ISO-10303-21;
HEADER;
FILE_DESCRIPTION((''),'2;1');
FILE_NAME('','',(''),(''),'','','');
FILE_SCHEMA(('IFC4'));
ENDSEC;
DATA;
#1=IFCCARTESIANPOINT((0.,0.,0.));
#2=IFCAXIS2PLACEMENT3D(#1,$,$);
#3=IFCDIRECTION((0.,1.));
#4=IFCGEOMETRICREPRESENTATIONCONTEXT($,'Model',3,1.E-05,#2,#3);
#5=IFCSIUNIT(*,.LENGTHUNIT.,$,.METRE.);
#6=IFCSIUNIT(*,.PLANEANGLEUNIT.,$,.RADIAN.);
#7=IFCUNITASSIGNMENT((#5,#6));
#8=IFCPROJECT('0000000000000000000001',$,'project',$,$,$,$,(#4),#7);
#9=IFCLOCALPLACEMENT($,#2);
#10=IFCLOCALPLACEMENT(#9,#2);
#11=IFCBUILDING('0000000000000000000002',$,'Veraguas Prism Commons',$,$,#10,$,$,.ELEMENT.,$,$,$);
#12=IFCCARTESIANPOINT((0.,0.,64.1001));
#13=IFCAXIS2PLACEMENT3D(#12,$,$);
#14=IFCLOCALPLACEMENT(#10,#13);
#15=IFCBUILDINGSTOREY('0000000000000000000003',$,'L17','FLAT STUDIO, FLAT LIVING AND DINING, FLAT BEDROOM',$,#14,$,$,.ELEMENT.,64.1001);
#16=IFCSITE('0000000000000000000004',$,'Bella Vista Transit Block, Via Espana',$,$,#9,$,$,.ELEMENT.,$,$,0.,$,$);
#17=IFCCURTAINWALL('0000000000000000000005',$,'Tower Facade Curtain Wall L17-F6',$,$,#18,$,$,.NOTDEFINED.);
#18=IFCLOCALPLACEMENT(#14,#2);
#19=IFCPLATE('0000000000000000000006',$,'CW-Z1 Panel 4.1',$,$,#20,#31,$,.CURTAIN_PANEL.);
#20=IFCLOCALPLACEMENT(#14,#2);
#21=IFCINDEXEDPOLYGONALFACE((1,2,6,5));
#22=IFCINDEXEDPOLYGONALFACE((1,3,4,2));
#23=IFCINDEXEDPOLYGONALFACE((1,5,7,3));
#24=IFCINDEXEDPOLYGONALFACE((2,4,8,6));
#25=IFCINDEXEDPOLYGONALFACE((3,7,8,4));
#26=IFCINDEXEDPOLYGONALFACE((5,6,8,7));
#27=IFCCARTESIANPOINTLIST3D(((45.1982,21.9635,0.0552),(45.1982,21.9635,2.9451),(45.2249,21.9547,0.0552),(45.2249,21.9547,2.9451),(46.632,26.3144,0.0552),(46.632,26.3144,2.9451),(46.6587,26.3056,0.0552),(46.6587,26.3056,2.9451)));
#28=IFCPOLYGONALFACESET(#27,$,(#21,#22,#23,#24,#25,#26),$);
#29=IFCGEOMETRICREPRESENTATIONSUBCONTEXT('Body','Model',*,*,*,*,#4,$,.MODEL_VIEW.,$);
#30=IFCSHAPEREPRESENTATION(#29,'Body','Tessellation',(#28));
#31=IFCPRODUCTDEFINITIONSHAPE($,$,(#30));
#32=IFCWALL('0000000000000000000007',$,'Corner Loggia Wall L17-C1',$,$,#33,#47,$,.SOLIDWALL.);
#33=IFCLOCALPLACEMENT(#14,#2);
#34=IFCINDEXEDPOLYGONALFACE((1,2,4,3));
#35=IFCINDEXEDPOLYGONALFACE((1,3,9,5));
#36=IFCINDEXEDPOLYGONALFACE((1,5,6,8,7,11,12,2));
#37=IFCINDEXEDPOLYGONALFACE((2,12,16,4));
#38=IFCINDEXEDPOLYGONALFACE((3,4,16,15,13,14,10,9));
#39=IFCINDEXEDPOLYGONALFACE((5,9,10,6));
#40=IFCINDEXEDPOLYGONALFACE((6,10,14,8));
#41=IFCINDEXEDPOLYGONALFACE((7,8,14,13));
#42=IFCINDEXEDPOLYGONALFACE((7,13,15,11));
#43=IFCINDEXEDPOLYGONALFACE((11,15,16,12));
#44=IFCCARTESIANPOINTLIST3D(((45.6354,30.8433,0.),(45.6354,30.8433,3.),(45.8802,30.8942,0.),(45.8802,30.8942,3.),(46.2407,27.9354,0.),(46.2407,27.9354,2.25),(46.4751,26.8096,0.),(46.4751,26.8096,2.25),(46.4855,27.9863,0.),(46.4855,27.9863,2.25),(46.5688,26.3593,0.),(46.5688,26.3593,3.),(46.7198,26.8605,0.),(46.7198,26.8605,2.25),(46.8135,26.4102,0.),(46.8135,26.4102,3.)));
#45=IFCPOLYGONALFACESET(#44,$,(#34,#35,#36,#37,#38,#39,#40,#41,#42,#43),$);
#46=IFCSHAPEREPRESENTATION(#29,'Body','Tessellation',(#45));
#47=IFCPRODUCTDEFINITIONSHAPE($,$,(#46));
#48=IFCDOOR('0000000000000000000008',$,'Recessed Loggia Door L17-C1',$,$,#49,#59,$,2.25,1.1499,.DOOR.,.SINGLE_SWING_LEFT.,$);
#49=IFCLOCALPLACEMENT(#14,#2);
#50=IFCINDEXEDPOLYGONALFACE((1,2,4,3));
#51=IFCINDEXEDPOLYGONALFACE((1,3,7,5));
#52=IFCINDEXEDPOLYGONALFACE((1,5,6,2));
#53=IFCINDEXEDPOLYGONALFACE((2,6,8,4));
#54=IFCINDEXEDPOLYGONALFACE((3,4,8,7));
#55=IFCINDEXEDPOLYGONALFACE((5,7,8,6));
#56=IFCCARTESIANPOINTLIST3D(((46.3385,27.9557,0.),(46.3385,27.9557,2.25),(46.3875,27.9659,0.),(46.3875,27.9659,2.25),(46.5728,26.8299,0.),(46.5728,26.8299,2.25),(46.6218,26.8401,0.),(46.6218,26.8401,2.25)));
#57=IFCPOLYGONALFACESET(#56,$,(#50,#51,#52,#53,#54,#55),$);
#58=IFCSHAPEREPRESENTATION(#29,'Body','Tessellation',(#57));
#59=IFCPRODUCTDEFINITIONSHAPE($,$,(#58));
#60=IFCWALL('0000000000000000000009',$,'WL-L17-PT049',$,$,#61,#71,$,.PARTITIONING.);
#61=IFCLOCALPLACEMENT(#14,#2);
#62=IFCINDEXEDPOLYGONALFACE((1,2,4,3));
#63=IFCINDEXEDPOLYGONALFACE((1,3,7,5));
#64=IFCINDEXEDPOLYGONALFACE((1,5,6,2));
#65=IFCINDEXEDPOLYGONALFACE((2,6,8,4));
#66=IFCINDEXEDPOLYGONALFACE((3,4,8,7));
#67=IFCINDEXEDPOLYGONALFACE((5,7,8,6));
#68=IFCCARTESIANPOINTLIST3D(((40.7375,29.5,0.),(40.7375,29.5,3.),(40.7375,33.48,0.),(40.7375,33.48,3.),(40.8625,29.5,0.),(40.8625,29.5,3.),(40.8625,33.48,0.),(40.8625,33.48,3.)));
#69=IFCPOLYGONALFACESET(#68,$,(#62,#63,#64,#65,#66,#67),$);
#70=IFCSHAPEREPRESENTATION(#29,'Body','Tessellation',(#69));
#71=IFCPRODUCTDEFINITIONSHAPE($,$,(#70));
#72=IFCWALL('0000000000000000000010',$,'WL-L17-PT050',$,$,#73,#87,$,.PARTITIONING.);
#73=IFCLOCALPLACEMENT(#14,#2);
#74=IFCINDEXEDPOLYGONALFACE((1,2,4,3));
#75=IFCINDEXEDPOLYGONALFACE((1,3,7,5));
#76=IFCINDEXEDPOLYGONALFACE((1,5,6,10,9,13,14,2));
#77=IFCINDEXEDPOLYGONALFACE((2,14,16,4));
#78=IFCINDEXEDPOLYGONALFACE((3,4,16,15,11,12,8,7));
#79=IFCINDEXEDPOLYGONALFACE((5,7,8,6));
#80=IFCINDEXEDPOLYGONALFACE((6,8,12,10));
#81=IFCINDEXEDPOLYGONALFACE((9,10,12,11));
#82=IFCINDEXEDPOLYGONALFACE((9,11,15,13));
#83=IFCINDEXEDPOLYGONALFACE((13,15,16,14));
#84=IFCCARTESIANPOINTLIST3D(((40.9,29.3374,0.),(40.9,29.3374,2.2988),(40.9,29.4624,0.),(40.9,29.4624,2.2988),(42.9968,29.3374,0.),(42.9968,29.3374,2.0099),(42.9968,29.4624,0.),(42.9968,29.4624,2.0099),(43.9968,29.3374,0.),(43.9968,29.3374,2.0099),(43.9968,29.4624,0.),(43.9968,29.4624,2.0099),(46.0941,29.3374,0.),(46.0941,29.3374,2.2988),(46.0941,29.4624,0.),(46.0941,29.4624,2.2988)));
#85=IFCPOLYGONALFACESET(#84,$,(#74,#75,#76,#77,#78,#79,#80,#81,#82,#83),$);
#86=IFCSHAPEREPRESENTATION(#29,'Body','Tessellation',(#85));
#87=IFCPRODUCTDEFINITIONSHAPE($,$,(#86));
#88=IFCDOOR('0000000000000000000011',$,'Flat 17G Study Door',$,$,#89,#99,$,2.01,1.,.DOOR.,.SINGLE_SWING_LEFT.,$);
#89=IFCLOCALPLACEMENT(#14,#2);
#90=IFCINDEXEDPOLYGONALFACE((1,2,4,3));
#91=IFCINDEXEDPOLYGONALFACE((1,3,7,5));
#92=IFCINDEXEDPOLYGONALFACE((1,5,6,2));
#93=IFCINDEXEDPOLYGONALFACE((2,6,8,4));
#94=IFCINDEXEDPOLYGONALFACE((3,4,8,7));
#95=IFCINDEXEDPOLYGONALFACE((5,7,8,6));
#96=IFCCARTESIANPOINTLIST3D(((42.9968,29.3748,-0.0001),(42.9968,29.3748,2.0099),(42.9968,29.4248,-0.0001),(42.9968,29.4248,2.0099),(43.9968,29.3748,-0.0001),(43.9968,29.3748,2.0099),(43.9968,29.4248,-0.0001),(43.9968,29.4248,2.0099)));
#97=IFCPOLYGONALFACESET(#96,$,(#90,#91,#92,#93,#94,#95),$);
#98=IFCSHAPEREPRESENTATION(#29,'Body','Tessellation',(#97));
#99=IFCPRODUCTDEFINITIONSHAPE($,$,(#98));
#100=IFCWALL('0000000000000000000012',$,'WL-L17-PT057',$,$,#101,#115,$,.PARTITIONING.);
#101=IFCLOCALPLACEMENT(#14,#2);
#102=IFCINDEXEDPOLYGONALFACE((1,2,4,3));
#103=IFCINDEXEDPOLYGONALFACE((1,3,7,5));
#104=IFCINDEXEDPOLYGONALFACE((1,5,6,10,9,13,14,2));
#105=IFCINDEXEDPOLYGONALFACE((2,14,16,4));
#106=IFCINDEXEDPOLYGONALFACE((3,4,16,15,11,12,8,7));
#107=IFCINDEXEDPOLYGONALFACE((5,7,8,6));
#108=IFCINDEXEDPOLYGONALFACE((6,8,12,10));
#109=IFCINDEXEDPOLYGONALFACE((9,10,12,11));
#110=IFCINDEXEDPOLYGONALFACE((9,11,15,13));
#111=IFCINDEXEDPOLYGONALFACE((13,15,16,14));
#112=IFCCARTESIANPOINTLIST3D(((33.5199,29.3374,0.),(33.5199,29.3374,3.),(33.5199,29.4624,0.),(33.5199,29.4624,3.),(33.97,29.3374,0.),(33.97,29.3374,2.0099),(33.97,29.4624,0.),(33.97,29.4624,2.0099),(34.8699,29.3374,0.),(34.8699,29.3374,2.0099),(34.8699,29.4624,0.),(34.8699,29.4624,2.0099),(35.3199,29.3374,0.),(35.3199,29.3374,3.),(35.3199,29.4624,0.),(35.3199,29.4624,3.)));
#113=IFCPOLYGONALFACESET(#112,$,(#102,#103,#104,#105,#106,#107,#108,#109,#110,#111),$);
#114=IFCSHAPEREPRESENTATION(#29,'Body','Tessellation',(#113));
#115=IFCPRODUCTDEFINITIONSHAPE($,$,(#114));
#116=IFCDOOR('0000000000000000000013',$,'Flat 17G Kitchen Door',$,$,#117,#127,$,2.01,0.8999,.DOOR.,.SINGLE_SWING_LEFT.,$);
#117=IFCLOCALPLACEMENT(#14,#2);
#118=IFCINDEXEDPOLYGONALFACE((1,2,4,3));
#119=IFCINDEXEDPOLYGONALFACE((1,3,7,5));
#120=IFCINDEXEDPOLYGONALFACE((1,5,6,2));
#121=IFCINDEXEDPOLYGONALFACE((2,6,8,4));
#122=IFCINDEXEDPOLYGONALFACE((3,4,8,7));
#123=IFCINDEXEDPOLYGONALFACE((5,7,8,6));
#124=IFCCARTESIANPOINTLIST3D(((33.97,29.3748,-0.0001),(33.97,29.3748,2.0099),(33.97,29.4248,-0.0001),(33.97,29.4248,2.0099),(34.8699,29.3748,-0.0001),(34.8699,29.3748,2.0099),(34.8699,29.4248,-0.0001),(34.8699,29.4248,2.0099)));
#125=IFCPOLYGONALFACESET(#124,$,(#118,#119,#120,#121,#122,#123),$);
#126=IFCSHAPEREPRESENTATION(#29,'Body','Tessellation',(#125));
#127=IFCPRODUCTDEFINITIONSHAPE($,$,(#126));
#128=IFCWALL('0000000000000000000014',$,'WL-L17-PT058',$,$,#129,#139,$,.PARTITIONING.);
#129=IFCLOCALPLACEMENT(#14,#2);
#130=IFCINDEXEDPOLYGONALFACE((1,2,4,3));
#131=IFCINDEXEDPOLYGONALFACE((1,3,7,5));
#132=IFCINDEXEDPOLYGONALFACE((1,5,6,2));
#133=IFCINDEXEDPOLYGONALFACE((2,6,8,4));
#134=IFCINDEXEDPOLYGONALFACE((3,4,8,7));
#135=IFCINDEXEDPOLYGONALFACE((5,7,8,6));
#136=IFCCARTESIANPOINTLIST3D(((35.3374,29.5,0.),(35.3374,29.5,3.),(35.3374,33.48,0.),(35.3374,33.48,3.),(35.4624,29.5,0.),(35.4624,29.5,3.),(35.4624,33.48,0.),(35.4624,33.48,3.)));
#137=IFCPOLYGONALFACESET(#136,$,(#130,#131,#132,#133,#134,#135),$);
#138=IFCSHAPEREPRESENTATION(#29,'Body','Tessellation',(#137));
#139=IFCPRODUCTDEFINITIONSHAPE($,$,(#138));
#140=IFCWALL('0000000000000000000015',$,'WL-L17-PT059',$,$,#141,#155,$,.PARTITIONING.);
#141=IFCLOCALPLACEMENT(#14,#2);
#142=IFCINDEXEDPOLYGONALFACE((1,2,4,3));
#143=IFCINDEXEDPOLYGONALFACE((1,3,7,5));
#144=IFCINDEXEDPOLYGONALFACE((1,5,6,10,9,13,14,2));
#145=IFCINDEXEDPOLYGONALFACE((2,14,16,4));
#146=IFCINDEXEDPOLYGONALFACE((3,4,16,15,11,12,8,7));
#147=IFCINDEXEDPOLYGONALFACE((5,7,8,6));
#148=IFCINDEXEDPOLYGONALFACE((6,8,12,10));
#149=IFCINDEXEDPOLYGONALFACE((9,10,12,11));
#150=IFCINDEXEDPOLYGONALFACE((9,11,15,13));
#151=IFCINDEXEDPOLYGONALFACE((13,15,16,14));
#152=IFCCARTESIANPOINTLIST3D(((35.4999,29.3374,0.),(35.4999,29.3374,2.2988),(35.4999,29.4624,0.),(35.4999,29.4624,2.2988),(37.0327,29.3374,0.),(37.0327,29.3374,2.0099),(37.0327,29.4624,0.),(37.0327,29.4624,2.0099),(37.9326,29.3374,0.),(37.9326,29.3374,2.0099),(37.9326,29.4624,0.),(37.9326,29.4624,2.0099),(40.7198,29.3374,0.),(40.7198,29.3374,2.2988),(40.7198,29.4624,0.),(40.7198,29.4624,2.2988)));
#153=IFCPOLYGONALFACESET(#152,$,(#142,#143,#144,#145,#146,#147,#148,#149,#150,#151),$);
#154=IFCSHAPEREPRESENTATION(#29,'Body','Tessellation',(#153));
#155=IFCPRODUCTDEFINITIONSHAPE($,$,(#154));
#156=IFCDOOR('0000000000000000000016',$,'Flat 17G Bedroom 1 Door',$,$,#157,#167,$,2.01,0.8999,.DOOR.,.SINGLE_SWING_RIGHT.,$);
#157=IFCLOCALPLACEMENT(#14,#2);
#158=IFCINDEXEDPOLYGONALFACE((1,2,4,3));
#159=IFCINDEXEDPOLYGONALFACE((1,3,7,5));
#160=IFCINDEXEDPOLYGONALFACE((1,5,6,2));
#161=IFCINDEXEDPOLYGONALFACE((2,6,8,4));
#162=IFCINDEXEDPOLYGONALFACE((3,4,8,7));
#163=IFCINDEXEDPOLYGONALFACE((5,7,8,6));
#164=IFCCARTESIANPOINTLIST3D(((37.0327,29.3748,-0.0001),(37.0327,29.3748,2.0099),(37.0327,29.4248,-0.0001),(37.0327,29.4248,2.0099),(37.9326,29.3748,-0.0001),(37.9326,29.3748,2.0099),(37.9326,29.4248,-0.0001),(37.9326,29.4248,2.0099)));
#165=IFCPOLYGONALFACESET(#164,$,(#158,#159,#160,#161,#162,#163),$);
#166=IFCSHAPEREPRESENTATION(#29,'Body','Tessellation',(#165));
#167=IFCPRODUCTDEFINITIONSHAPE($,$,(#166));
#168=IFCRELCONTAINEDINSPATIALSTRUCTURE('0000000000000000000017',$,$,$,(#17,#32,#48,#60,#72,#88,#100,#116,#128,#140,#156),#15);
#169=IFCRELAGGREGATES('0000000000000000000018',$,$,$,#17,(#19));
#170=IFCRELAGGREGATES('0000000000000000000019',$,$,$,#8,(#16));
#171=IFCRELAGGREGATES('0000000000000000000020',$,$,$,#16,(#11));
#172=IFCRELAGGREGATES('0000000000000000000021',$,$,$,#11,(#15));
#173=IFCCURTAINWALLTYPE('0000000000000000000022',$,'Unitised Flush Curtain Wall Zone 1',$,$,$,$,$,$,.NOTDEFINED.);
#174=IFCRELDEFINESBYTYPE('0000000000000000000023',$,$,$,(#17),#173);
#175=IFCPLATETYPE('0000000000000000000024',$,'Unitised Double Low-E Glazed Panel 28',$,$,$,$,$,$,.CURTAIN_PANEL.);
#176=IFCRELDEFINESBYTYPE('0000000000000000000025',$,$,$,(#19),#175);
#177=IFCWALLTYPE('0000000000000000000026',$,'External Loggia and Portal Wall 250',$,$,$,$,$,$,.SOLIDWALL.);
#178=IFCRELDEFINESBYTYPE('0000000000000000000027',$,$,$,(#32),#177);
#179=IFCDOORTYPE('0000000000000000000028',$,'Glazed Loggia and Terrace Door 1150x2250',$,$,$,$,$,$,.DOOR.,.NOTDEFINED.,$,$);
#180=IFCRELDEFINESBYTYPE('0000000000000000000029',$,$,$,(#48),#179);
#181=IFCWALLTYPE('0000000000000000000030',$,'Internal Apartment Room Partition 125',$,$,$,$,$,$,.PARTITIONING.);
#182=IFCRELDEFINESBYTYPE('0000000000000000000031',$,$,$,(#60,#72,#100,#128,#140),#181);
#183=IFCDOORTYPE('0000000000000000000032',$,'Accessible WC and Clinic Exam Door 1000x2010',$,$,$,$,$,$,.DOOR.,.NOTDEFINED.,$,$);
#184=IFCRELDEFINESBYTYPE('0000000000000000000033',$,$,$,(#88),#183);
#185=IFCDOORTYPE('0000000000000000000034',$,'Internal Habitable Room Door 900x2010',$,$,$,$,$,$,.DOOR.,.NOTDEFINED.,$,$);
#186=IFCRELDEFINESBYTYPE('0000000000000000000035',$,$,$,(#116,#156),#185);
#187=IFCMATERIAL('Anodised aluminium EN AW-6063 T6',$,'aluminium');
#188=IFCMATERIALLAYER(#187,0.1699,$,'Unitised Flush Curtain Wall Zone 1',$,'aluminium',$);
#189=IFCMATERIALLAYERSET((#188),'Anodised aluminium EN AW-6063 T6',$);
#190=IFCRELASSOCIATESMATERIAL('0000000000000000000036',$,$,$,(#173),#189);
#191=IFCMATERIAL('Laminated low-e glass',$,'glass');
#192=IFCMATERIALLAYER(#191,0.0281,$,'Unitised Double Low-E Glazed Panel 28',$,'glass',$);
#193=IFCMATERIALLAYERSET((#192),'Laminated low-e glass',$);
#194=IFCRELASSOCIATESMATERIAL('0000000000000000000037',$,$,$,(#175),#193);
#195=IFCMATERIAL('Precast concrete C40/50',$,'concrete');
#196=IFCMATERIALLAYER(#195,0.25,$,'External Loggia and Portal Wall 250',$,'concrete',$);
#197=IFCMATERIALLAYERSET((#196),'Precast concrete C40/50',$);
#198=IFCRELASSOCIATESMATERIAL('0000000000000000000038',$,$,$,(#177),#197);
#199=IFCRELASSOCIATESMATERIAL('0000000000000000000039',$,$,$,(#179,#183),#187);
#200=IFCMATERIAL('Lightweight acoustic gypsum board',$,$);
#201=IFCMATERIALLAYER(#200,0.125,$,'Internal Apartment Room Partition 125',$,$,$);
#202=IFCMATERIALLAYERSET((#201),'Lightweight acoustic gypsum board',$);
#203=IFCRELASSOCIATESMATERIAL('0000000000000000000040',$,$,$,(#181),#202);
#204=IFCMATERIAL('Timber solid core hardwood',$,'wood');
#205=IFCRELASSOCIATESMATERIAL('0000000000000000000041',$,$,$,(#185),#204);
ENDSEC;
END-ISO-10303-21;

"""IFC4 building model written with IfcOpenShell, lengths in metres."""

from ifc_helpers import new_model, si_unit, direction, frame, frame_2d, origin, origin_2d, place, context, subcontext, project, spatial, rectangle, extrude, source, transform, mapped, material, layer, layer_set, type_object, element, fill, aggregate, save


model = new_model("IFC4")

# Units and contexts
model_context = context("Model", 3, precision=1e-05, world=origin(), true_north=direction((0.0, 1.0)))
body_context = subcontext(model_context, "Body", "Model", "MODEL_VIEW")
ifc_project = project(units=[si_unit("LENGTHUNIT", "METRE"), si_unit("PLANEANGLEUNIT", "RADIAN")], contexts=[model_context])

# Site, building, storey
site_placement = place(None, origin())
site = spatial("IfcSite", under=ifc_project, at=site_placement, Name="Bella Vista Transit Block, Via Espana", CompositionType="ELEMENT", RefElevation=0.0)
building_placement = place(site_placement, origin())
building = spatial("IfcBuilding", under=site, at=building_placement, Name="Veraguas Prism Commons", CompositionType="ELEMENT")
storey_placement = place(building_placement, frame((0.0, 0.0, 64.1001)))
storey = spatial("IfcBuildingStorey", under=building, at=storey_placement, Name="L17", Description="FLAT STUDIO, FLAT LIVING AND DINING, FLAT BEDROOM", CompositionType="ELEMENT", Elevation=64.1001)

# Shared definitions
ifc_material_1 = material(Name="Anodised aluminium EN AW-6063 T6", Category="aluminium")
ifc_layer_1 = layer(ifc_material_1, 0.1699, Name="Unitised Flush Curtain Wall Zone 1", Category="aluminium")
ifc_layer_set_1 = layer_set([ifc_layer_1], Name="Anodised aluminium EN AW-6063 T6")
curtain_wall_type = type_object("IfcCurtainWallType", Name="Unitised Flush Curtain Wall Zone 1", PredefinedType="NOTDEFINED", material=ifc_layer_set_1)

# Curtain wall, plate
curtain_wall_1_placement = place(storey_placement, origin())
curtain_wall_1 = element("IfcCurtainWall", 1, at=curtain_wall_1_placement, inside=storey, type_object=curtain_wall_type, Name="Tower Facade Curtain Wall L17-F6", PredefinedType="NOTDEFINED")
ifc_material_2 = material(Name="Laminated low-e glass", Category="glass")
ifc_layer_2 = layer(ifc_material_2, 0.0281, Name="Unitised Double Low-E Glazed Panel 28", Category="glass")
ifc_layer_set_2 = layer_set([ifc_layer_2], Name="Laminated low-e glass")
plate_type = type_object("IfcPlateType", Name="Unitised Double Low-E Glazed Panel 28", PredefinedType="CURTAIN_PANEL", material=ifc_layer_set_2)
shared_shape_1 = source(origin(), body_context, "Body", "SweptSolid", [
    extrude(rectangle(XDim=4.5811, YDim=0.0281, at=origin_2d()), origin(), (0.0, 0.0, 1.0), 2.8899),
])
plate_placement = place(storey_placement, frame((45.9285, 24.1345, 0.0552), z_axis=(0.0, 0.0, 1.0), x_axis=(0.312991, 0.949756, 0.0)))
plate = element("IfcPlate", 2, at=plate_placement, type_object=plate_type, Name="CW-Z1 Panel 4.1", PredefinedType="CURTAIN_PANEL", context=body_context, shape_type="MappedRepresentation", body=[
    mapped(shared_shape_1, transform((0.0, 0.0, 0.0), scale=1.0)),
])
aggregate(curtain_wall_1, [plate])

# Wall, opening, door
ifc_material_3 = material(Name="Precast concrete C40/50", Category="concrete")
ifc_layer_3 = layer(ifc_material_3, 0.25, Name="External Loggia and Portal Wall 250", Category="concrete")
ifc_layer_set_3 = layer_set([ifc_layer_3], Name="Precast concrete C40/50")
wall_type_1 = type_object("IfcWallType", Name="External Loggia and Portal Wall 250", PredefinedType="SOLIDWALL", material=ifc_layer_set_3)
wall_1_placement = place(storey_placement, frame((46.6912, 26.3848, 0.0), z_axis=(0.0, 0.0, 1.0), x_axis=(-0.203788, 0.979015, 0.0)))
wall_1 = element("IfcWall", 3, at=wall_1_placement, inside=storey, type_object=wall_type_1, Name="Corner Loggia Wall L17-C1", PredefinedType="SOLIDWALL", context=body_context, shape_type="SweptSolid", body=[
    extrude(rectangle(XDim=4.5801, YDim=0.25, at=frame_2d((2.29, 0.0))), origin(), (0.0, 0.0, 1.0), 3.0),
])
opening_1_placement = place(wall_1_placement, frame((0.46, 0.0, 0.0)))
opening_1 = element("IfcOpeningElement", 4, at=opening_1_placement, cuts=wall_1, PredefinedType="OPENING", context=body_context, shape_type="SweptSolid", body=[
    extrude(rectangle(XDim=1.1499, YDim=2.25, at=frame_2d((0.575, 1.125))), frame((0.0, 0.135, 0.0), z_axis=(0.0, -1.0, 0.0), x_axis=(1.0, 0.0, 0.0)), (0.0, 0.0, 1.0), 0.27),
])
door_type_1 = type_object("IfcDoorType", Name="Glazed Loggia and Terrace Door 1150x2250", OperationType="NOTDEFINED", PredefinedType="DOOR", material=ifc_material_1)
shared_shape_2 = source(origin(), body_context, "Body", "SweptSolid", [
    extrude(rectangle(XDim=1.1499, YDim=2.25, at=frame_2d((0.575, 1.125))), frame((0.0, 0.0249, 0.0), z_axis=(0.0, -1.0, 0.0), x_axis=(1.0, 0.0, 0.0)), (0.0, 0.0, 1.0), 0.05),
])
door_1_placement = place(opening_1_placement, frame((1.1499, 0.0, 0.0), z_axis=(0.0, 0.0, 1.0), x_axis=(-1.0, 0.0, 0.0)))
door_1 = element("IfcDoor", 5, at=door_1_placement, inside=storey, type_object=door_type_1, Name="Recessed Loggia Door L17-C1", OperationType="SINGLE_SWING_LEFT", OverallHeight=2.25, OverallWidth=1.1499, PredefinedType="DOOR", context=body_context, shape_type="MappedRepresentation", body=[
    mapped(shared_shape_2, transform((0.0, 0.0, 0.0), scale=1.0)),
])
fill(opening_1, door_1)

# Wall
ifc_material_4 = material(Name="Lightweight acoustic gypsum board")
ifc_layer_4 = layer(ifc_material_4, 0.125, Name="Internal Apartment Room Partition 125")
ifc_layer_set_4 = layer_set([ifc_layer_4], Name="Lightweight acoustic gypsum board")
wall_type_2 = type_object("IfcWallType", Name="Internal Apartment Room Partition 125", PredefinedType="PARTITIONING", material=ifc_layer_set_4)
wall_2_placement = place(storey_placement, frame((40.8, 29.5, 0.0), z_axis=(0.0, 0.0, 1.0), x_axis=(0.0, 1.0, 0.0)))
element("IfcWall", 6, at=wall_2_placement, inside=storey, type_object=wall_type_2, Name="WL-L17-PT049", PredefinedType="PARTITIONING", context=body_context, shape_type="SweptSolid", body=[
    extrude(rectangle(XDim=3.98, YDim=0.125, at=frame_2d((1.99, 0.0))), origin(), (0.0, 0.0, 1.0), 3.0),
])

# Walls, openings, doors
wall_3_placement = place(storey_placement, frame((40.8999, 29.3999, 0.0), z_axis=(0.0, 0.0, 1.0), x_axis=(1.0, 0.0, 0.0)))
wall_3 = element("IfcWall", 7, at=wall_3_placement, inside=storey, type_object=wall_type_2, Name="WL-L17-PT050", PredefinedType="PARTITIONING", context=body_context, shape_type="SweptSolid", body=[
    extrude(rectangle(XDim=5.1941, YDim=0.125, at=frame_2d((2.5972, 0.0))), origin(), (0.0, 0.0, 1.0), 2.2988),
])
opening_2_placement = place(wall_3_placement, frame((2.0969, 0.0, 0.0)))
opening_2 = element("IfcOpeningElement", 8, at=opening_2_placement, cuts=wall_3, PredefinedType="OPENING", context=body_context, shape_type="SweptSolid", body=[
    extrude(rectangle(XDim=1.0, YDim=2.01, at=frame_2d((0.5, 1.0049))), frame((0.0, 0.0725, 0.0), z_axis=(0.0, -1.0, 0.0), x_axis=(1.0, 0.0, 0.0)), (0.0, 0.0, 1.0), 0.145),
])
door_type_2 = type_object("IfcDoorType", Name="Accessible WC and Clinic Exam Door 1000x2010", OperationType="NOTDEFINED", PredefinedType="DOOR", material=ifc_material_1)
shared_shape_3 = source(origin(), body_context, "Body", "SweptSolid", [
    extrude(rectangle(XDim=1.0, YDim=2.01, at=frame_2d((0.5, 1.0049))), frame((0.0, 0.0249, 0.0), z_axis=(0.0, -1.0, 0.0), x_axis=(1.0, 0.0, 0.0)), (0.0, 0.0, 1.0), 0.05),
])
door_2_placement = place(opening_2_placement, origin())
door_2 = element("IfcDoor", 9, at=door_2_placement, inside=storey, type_object=door_type_2, Name="Flat 17G Study Door", OperationType="SINGLE_SWING_LEFT", OverallHeight=2.01, OverallWidth=1.0, PredefinedType="DOOR", context=body_context, shape_type="MappedRepresentation", body=[
    mapped(shared_shape_3, transform((0.0, 0.0, 0.0), scale=1.0)),
])
fill(opening_2, door_2)
wall_4_placement = place(storey_placement, frame((33.52, 29.3999, 0.0), z_axis=(0.0, 0.0, 1.0), x_axis=(1.0, 0.0, 0.0)))
wall_4 = element("IfcWall", 10, at=wall_4_placement, inside=storey, type_object=wall_type_2, Name="WL-L17-PT057", PredefinedType="PARTITIONING", context=body_context, shape_type="SweptSolid", body=[
    extrude(rectangle(XDim=1.8, YDim=0.125, at=frame_2d((0.8999, 0.0))), origin(), (0.0, 0.0, 1.0), 3.0),
])
opening_3_placement = place(wall_4_placement, frame((0.45, 0.0, 0.0)))
opening_3 = element("IfcOpeningElement", 11, at=opening_3_placement, cuts=wall_4, PredefinedType="OPENING", context=body_context, shape_type="SweptSolid", body=[
    extrude(rectangle(XDim=0.8999, YDim=2.01, at=frame_2d((0.45, 1.0049))), frame((0.0, 0.0725, 0.0), z_axis=(0.0, -1.0, 0.0), x_axis=(1.0, 0.0, 0.0)), (0.0, 0.0, 1.0), 0.145),
])
ifc_material_5 = material(Name="Timber solid core hardwood", Category="wood")
door_type_3 = type_object("IfcDoorType", Name="Internal Habitable Room Door 900x2010", OperationType="NOTDEFINED", PredefinedType="DOOR", material=ifc_material_5)
shared_shape_4 = source(origin(), body_context, "Body", "SweptSolid", [
    extrude(rectangle(XDim=0.8999, YDim=2.01, at=frame_2d((0.45, 1.0049))), frame((0.0, 0.0249, 0.0), z_axis=(0.0, -1.0, 0.0), x_axis=(1.0, 0.0, 0.0)), (0.0, 0.0, 1.0), 0.05),
])
door_3_placement = place(opening_3_placement, origin())
door_3 = element("IfcDoor", 12, at=door_3_placement, inside=storey, type_object=door_type_3, Name="Flat 17G Kitchen Door", OperationType="SINGLE_SWING_LEFT", OverallHeight=2.01, OverallWidth=0.8999, PredefinedType="DOOR", context=body_context, shape_type="MappedRepresentation", body=[
    mapped(shared_shape_4, transform((0.0, 0.0, 0.0), scale=1.0)),
])
fill(opening_3, door_3)

# Wall
wall_5_placement = place(storey_placement, frame((35.3999, 29.5, 0.0), z_axis=(0.0, 0.0, 1.0), x_axis=(0.0, 1.0, 0.0)))
element("IfcWall", 13, at=wall_5_placement, inside=storey, type_object=wall_type_2, Name="WL-L17-PT058", PredefinedType="PARTITIONING", context=body_context, shape_type="SweptSolid", body=[
    extrude(rectangle(XDim=3.98, YDim=0.125, at=frame_2d((1.99, 0.0))), origin(), (0.0, 0.0, 1.0), 3.0),
])

# Wall, opening, door
wall_6_placement = place(storey_placement, frame((35.5, 29.3999, 0.0), z_axis=(0.0, 0.0, 1.0), x_axis=(1.0, 0.0, 0.0)))
wall_6 = element("IfcWall", 14, at=wall_6_placement, inside=storey, type_object=wall_type_2, Name="WL-L17-PT059", PredefinedType="PARTITIONING", context=body_context, shape_type="SweptSolid", body=[
    extrude(rectangle(XDim=5.22, YDim=0.125, at=frame_2d((2.6099, 0.0))), origin(), (0.0, 0.0, 1.0), 2.2988),
])
opening_4_placement = place(wall_6_placement, frame((1.5327, 0.0, 0.0)))
opening_4 = element("IfcOpeningElement", 15, at=opening_4_placement, cuts=wall_6, PredefinedType="OPENING", context=body_context, shape_type="SweptSolid", body=[
    extrude(rectangle(XDim=0.8999, YDim=2.01, at=frame_2d((0.45, 1.0049))), frame((0.0, 0.0725, 0.0), z_axis=(0.0, -1.0, 0.0), x_axis=(1.0, 0.0, 0.0)), (0.0, 0.0, 1.0), 0.145),
])
door_4_placement = place(opening_4_placement, origin())
door_4 = element("IfcDoor", 16, at=door_4_placement, inside=storey, type_object=door_type_3, Name="Flat 17G Bedroom 1 Door", OperationType="SINGLE_SWING_RIGHT", OverallHeight=2.01, OverallWidth=0.8999, PredefinedType="DOOR", context=body_context, shape_type="MappedRepresentation", body=[
    mapped(shared_shape_4, transform((0.0, 0.0, 0.0), scale=1.0)),
])
fill(opening_4, door_4)

save(model, "model.ifc")
